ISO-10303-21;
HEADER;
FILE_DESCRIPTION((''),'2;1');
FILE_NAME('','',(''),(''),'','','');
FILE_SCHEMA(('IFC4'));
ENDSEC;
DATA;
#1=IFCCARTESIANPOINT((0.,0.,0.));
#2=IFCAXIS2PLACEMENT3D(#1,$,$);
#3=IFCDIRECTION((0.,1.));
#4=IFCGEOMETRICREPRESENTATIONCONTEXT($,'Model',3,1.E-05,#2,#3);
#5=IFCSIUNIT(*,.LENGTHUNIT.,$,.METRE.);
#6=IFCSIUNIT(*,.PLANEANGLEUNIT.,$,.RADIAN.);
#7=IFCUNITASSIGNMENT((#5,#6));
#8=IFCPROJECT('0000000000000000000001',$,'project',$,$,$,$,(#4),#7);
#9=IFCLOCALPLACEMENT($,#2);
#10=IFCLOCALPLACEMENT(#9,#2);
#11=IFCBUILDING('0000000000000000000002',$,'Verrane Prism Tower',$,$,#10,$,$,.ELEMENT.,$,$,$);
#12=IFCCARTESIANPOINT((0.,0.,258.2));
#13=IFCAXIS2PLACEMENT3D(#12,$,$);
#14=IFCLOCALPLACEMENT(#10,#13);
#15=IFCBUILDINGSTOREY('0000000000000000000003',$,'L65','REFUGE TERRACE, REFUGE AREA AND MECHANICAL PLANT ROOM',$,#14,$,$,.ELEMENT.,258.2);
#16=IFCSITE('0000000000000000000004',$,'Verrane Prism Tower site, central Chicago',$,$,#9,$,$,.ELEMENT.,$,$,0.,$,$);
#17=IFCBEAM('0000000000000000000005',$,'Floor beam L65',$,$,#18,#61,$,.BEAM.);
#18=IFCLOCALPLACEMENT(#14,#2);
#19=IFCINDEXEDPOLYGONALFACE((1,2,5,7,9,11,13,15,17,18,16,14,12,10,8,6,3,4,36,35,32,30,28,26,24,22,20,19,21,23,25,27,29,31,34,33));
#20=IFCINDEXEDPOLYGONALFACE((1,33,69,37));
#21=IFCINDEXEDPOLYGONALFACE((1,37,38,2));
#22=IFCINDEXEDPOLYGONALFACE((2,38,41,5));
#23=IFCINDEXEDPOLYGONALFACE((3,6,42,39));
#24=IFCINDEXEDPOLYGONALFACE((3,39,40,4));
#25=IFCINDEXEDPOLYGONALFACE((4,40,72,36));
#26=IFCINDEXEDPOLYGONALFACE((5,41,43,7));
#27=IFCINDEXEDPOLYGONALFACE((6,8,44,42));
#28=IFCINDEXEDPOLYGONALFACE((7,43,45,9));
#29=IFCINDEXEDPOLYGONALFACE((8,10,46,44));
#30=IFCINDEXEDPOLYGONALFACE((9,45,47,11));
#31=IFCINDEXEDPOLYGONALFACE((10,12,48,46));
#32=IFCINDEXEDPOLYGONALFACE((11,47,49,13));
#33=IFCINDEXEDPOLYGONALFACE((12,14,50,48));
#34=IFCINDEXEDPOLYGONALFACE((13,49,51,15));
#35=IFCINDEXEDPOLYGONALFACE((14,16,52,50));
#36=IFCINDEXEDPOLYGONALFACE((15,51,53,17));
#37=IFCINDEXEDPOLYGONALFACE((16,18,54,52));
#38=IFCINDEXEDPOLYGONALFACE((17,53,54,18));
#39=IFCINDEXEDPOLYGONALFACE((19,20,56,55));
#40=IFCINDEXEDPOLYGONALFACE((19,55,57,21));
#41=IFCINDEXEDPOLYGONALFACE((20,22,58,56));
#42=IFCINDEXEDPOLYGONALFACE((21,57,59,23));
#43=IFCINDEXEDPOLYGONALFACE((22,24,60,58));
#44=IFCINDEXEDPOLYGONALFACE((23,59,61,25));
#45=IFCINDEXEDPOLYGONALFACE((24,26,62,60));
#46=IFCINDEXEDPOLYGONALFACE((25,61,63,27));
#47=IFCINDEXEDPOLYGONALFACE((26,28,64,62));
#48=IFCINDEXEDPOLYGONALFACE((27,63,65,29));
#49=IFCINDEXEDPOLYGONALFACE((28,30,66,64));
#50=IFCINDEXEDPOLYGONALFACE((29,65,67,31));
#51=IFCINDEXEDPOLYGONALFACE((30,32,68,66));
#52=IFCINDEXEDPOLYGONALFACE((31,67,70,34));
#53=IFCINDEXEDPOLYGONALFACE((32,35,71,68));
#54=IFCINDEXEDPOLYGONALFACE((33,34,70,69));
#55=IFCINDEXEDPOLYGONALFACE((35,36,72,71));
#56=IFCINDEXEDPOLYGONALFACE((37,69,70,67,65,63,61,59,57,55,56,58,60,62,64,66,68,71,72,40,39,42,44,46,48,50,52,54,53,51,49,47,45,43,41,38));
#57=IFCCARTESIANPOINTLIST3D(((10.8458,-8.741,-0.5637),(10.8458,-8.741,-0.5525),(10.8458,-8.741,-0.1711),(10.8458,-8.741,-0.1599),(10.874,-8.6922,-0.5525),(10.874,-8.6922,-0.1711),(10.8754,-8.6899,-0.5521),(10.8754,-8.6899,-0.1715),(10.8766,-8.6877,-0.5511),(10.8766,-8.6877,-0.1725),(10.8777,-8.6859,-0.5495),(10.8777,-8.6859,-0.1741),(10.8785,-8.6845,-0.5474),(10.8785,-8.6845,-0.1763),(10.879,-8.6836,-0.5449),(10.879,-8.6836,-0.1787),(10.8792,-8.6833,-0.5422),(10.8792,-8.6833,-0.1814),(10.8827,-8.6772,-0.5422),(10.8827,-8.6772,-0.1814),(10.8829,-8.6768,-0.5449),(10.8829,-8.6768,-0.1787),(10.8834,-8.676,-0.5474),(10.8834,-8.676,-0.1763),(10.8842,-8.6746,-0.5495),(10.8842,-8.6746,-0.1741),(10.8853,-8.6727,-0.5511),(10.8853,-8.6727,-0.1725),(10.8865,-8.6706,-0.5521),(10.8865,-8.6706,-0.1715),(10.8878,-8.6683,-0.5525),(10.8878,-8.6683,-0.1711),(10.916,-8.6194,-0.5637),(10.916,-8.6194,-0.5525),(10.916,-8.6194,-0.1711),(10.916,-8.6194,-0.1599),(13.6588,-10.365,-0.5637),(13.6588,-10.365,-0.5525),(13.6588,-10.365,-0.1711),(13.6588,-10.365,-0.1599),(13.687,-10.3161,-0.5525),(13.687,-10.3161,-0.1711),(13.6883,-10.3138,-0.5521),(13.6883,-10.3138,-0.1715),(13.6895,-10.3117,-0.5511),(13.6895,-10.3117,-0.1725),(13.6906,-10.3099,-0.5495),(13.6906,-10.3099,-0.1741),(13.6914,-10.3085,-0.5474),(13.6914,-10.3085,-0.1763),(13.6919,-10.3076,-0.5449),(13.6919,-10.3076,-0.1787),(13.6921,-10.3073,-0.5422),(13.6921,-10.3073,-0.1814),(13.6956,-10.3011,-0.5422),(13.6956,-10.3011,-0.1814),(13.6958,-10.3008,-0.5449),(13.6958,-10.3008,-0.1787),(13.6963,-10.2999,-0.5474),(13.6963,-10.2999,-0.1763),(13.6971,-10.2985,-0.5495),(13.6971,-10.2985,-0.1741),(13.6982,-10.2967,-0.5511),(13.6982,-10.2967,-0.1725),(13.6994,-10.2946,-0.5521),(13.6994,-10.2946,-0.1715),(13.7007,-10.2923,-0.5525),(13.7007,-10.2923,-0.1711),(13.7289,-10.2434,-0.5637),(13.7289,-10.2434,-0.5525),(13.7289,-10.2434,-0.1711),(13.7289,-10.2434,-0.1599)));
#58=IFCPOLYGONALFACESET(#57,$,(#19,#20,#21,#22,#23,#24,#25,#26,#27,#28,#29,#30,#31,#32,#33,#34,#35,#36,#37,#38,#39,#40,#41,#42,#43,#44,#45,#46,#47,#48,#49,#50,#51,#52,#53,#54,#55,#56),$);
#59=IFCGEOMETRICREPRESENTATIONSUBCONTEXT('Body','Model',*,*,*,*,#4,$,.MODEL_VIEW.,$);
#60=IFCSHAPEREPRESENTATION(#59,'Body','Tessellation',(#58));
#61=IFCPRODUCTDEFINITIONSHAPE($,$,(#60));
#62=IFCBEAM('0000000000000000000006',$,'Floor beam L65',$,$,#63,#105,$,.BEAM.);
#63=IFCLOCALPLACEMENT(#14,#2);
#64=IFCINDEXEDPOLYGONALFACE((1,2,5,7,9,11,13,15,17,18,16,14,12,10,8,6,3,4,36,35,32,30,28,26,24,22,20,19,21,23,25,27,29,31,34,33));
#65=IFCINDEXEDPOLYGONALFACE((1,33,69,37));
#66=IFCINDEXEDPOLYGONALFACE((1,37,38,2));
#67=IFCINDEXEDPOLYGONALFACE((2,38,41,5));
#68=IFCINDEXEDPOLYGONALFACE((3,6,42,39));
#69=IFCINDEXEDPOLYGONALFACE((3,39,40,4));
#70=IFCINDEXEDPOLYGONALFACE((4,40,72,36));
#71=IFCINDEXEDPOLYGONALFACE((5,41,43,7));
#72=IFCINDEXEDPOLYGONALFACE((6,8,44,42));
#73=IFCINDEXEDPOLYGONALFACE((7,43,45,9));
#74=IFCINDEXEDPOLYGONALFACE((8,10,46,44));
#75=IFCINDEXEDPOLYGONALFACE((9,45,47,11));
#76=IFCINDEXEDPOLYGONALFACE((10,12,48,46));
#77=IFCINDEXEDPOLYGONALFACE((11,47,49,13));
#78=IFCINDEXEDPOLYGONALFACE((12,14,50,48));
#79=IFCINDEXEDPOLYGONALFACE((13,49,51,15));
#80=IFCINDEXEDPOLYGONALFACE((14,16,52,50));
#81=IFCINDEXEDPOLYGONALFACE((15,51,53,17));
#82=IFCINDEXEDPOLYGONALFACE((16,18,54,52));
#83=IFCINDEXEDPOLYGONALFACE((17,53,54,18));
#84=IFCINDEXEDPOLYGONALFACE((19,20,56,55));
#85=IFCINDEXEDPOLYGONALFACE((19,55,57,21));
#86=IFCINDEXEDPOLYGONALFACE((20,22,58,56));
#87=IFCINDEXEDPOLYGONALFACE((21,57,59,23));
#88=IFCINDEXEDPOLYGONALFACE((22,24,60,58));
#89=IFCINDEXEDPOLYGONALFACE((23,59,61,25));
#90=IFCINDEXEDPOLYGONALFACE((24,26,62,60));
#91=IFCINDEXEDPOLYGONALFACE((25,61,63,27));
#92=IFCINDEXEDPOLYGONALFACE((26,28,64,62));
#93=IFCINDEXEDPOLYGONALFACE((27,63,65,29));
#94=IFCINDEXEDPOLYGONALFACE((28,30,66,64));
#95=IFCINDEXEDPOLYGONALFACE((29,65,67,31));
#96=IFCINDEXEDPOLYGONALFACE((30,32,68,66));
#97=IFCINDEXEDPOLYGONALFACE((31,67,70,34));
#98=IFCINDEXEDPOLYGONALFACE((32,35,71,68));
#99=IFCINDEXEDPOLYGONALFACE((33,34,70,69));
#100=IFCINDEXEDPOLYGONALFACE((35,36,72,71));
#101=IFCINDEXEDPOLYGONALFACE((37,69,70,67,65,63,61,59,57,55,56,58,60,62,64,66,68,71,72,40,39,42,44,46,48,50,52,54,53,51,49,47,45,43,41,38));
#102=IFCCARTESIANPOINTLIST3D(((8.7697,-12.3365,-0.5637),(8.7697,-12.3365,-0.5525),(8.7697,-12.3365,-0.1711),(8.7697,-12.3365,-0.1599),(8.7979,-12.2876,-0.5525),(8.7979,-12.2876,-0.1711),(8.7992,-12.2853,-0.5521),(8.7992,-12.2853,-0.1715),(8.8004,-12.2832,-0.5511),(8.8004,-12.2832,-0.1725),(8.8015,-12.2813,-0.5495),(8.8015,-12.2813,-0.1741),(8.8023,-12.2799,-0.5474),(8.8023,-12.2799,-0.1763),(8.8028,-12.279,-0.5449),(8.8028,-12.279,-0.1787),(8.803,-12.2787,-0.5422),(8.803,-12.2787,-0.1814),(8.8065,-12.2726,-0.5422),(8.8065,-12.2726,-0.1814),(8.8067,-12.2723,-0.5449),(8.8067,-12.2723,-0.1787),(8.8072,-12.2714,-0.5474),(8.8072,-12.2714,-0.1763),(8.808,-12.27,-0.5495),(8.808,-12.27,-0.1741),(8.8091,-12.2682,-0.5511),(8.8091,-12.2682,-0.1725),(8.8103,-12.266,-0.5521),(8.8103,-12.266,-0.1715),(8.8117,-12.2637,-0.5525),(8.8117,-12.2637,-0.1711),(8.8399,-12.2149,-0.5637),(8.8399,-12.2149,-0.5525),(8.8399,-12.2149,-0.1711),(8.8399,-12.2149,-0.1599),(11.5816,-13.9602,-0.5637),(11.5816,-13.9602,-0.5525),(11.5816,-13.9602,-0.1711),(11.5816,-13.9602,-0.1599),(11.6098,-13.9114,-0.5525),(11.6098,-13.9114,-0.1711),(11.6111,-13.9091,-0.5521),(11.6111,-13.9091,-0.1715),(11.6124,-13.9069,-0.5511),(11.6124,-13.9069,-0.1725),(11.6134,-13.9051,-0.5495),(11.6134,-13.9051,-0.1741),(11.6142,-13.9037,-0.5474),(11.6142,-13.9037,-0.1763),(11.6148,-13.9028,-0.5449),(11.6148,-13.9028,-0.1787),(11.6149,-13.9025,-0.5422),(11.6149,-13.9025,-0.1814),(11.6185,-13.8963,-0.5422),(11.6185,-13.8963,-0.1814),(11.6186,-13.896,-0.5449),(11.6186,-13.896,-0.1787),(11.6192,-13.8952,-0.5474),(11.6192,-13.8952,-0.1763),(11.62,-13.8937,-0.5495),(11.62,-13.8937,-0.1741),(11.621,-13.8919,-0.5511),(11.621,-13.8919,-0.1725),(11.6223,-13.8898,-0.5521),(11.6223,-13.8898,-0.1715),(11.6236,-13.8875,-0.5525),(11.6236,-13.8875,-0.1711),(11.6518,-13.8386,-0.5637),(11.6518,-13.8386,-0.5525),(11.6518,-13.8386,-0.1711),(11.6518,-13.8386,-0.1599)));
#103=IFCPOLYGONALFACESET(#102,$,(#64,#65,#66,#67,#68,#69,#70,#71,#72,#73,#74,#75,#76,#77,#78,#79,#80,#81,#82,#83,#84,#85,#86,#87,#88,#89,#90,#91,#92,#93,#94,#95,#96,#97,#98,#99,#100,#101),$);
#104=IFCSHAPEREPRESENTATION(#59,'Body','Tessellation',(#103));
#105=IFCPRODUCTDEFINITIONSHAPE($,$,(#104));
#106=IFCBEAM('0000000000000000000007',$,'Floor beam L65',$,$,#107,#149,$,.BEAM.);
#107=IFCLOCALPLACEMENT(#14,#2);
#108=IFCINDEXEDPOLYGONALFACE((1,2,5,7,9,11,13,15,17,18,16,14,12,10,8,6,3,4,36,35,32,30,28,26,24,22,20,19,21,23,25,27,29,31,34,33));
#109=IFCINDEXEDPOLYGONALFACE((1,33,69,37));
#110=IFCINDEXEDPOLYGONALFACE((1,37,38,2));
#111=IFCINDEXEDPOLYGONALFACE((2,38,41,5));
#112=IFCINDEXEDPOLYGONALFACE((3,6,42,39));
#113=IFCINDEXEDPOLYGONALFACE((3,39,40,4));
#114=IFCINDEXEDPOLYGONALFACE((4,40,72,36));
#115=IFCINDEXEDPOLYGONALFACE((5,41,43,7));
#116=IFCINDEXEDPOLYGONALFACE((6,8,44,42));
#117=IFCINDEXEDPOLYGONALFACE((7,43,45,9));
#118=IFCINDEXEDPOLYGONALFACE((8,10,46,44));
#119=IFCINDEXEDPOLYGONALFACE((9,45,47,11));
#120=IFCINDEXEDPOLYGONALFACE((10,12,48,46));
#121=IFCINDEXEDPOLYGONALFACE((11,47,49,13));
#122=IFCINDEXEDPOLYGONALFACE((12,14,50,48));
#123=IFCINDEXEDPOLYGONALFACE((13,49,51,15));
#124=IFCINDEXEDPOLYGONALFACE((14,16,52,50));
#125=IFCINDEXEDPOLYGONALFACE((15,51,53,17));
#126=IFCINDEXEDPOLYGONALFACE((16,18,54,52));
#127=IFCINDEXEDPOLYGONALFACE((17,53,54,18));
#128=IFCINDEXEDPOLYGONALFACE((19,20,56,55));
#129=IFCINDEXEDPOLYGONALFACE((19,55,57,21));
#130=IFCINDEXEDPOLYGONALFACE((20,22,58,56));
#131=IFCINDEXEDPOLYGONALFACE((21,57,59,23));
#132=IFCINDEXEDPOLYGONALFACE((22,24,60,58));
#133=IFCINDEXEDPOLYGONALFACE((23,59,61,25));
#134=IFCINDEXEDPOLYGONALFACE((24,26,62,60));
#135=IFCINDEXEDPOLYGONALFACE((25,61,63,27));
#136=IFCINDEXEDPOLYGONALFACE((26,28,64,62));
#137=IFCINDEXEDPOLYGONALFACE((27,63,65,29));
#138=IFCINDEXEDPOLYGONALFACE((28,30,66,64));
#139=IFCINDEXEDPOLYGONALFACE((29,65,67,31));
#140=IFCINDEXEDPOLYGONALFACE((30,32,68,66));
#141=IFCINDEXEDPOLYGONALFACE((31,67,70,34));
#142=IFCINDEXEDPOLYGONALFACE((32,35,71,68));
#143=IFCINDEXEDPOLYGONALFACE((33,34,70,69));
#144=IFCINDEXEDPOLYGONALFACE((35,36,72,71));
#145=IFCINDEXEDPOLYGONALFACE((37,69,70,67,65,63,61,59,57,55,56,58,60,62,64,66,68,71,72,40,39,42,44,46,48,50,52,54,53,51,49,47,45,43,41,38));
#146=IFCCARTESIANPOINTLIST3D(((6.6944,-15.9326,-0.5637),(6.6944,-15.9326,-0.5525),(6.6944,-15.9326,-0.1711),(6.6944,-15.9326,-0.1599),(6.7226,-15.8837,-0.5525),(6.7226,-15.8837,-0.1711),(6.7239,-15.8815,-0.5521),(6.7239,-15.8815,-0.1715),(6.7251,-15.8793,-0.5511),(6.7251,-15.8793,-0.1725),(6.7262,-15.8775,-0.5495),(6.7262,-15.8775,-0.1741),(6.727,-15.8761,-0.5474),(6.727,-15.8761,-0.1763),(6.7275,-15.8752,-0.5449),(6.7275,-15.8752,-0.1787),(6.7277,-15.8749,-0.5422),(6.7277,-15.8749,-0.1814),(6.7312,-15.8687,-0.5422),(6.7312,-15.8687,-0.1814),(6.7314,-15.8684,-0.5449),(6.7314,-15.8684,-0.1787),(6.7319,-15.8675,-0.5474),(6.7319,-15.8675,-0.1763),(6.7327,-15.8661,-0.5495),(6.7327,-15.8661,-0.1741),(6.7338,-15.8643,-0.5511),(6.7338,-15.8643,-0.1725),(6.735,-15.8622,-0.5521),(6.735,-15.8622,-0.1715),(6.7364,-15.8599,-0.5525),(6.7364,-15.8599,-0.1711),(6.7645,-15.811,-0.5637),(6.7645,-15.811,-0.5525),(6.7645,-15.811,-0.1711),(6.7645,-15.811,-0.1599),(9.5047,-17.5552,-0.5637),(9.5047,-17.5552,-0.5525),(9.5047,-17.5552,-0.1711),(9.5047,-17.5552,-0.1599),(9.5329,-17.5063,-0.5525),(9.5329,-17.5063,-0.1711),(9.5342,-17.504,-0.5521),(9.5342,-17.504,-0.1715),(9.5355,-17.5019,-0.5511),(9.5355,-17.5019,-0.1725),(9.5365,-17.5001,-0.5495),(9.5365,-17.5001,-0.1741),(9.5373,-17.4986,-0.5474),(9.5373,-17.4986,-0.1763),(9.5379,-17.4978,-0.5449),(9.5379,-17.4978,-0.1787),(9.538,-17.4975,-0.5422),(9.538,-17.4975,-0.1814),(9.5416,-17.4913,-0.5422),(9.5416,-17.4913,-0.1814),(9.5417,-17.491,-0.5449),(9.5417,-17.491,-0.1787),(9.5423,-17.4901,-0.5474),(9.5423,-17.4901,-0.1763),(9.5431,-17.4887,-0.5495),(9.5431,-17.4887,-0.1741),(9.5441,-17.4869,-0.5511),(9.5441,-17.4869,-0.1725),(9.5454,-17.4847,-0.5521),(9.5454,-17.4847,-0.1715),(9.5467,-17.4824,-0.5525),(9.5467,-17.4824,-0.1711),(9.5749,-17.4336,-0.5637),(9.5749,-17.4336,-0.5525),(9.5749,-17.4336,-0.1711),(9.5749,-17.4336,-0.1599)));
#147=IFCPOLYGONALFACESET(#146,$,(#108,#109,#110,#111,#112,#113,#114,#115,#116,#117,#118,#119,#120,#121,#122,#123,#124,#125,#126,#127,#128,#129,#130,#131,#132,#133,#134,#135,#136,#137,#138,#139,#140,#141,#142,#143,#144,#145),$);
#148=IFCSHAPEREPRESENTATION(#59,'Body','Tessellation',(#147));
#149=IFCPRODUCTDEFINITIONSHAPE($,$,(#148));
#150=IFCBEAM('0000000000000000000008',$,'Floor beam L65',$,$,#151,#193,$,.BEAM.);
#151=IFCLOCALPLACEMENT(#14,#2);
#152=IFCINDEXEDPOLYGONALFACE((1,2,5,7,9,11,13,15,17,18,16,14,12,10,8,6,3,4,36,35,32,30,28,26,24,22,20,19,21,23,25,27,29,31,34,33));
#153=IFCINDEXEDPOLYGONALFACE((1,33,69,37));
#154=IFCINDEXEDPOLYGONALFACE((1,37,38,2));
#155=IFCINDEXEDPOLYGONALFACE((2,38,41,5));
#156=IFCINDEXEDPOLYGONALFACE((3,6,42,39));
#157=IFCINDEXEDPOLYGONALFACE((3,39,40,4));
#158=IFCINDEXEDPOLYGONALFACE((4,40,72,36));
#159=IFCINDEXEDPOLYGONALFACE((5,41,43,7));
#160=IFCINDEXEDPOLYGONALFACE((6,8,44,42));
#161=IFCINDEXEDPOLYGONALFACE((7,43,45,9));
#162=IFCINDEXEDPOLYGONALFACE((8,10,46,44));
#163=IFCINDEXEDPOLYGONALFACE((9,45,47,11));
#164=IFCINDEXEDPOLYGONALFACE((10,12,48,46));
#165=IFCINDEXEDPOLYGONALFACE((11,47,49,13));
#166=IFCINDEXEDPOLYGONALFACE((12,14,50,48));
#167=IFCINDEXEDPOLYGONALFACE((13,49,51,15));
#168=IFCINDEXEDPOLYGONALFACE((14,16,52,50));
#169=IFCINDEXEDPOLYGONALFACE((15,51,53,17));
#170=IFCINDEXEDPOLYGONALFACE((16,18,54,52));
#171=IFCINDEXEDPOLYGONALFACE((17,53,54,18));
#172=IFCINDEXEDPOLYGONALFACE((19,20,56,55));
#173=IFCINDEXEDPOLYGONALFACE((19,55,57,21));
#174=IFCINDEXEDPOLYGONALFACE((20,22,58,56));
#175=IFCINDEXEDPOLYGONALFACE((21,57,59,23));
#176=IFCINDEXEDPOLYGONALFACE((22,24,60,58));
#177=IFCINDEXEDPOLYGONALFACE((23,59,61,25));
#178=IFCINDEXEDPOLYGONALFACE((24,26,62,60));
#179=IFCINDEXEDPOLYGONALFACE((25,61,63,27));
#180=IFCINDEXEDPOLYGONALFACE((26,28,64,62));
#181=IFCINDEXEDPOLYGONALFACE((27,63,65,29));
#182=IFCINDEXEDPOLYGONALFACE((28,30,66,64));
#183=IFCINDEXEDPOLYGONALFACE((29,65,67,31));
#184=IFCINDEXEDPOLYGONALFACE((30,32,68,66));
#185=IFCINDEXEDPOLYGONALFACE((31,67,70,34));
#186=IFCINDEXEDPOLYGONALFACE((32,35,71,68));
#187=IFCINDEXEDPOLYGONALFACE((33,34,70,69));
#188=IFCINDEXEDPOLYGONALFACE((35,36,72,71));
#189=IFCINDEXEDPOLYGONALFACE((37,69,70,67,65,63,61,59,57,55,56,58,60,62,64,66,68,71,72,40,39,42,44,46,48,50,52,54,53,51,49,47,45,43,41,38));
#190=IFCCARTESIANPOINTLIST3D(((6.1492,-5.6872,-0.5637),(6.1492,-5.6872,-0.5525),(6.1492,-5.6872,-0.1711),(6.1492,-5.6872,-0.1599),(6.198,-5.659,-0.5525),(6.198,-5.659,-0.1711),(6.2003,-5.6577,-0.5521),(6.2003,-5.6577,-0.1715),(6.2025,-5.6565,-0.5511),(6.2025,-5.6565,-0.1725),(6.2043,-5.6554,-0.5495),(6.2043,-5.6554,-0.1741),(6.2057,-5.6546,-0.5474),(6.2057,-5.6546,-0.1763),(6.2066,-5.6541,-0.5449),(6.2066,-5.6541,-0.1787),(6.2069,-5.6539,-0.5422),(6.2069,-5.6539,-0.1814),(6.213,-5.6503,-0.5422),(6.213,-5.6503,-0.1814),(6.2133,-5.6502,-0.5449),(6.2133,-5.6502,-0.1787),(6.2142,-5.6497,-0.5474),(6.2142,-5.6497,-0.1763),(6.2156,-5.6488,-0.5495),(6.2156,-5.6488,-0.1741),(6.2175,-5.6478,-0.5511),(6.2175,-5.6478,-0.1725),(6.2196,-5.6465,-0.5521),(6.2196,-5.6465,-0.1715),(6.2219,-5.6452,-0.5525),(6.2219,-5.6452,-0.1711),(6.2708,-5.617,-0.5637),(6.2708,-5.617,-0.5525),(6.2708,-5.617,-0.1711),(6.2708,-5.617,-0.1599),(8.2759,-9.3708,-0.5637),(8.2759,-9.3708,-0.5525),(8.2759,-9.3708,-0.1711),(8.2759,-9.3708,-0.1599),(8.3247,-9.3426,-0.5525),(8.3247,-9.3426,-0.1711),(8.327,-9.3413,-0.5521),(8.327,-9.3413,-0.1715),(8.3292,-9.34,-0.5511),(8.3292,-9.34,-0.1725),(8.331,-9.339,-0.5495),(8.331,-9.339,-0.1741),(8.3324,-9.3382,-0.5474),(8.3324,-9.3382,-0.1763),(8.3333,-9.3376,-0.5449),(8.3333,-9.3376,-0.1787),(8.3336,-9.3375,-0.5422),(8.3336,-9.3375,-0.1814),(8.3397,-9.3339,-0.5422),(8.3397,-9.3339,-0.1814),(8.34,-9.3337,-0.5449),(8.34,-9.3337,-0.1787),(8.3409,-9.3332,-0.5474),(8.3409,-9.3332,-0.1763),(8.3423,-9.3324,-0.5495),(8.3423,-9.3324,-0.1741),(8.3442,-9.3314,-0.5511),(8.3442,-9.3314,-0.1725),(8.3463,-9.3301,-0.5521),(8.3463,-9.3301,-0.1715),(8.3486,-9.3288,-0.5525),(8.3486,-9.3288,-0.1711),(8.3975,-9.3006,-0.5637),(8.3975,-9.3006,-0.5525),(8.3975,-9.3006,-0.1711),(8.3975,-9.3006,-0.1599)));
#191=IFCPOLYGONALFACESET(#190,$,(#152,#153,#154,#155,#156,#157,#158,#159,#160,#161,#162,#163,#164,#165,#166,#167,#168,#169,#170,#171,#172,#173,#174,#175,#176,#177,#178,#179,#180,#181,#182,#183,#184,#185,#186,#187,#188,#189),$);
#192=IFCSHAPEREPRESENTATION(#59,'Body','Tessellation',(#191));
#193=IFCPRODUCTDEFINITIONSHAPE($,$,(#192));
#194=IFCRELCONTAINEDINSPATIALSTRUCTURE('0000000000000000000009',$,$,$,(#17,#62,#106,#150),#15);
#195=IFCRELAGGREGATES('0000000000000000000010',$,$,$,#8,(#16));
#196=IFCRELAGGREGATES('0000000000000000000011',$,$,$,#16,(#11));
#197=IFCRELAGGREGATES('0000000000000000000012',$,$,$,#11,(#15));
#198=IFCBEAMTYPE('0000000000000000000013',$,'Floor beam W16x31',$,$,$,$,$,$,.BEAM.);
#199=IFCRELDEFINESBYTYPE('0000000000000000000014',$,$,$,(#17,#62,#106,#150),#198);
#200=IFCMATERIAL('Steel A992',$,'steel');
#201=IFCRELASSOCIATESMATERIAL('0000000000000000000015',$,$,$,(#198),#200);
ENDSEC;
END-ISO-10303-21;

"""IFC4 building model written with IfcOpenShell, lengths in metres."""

from ifc_helpers import new_model, si_unit, direction, frame, origin, origin_2d, place, context, subcontext, project, spatial, i_section, extrude, material, material_profile, profile_set, type_object, element, save


model = new_model("IFC4")

# Units and contexts
model_context = context("Model", 3, precision=1e-05, world=origin(), true_north=direction((0.0, 1.0)))
body_context = subcontext(model_context, "Body", "Model", "MODEL_VIEW")
ifc_project = project(units=[si_unit("LENGTHUNIT", "METRE"), si_unit("PLANEANGLEUNIT", "RADIAN")], contexts=[model_context])

# Site, building, storey
site_placement = place(None, origin())
site = spatial("IfcSite", under=ifc_project, at=site_placement, Name="Verrane Prism Tower site, central Chicago", CompositionType="ELEMENT", RefElevation=0.0)
building_placement = place(site_placement, origin())
building = spatial("IfcBuilding", under=site, at=building_placement, Name="Verrane Prism Tower", CompositionType="ELEMENT")
storey_placement = place(building_placement, frame((0.0, 0.0, 258.2)))
storey = spatial("IfcBuildingStorey", under=building, at=storey_placement, Name="L65", Description="REFUGE TERRACE, REFUGE AREA AND MECHANICAL PLANT ROOM", CompositionType="ELEMENT", Elevation=258.2)

# Beams
ifc_material_1 = material(Name="Steel A992", Category="steel")
ifc_material_profile_1 = material_profile(ifc_material_1, i_section(OverallWidth=0.1404, OverallDepth=0.4038, WebThickness=0.0071, FlangeThickness=0.0112, FilletRadius=0.0103, at=origin_2d()), Name="W16x31")
ifc_profile_set_1 = profile_set([ifc_material_profile_1], Name="Steel A992")
beam_type_1 = type_object("IfcBeamType", Name="Floor beam W16x31", PredefinedType="BEAM", material=ifc_profile_set_1)
beam_1_placement = place(storey_placement, frame((13.6938, -10.3042, -0.3618), z_axis=(-0.866033, 0.499987, 0.0), x_axis=(-0.499987, -0.866033, 0.0)))
element("IfcBeam", 1, at=beam_1_placement, inside=storey, type_object=beam_type_1, Name="Floor beam L65", PredefinedType="BEAM", context=body_context, shape_type="SweptSolid", body=[
    extrude(i_section(OverallWidth=0.1404, OverallDepth=0.4038, WebThickness=0.0071, FlangeThickness=0.0112, FilletRadius=0.0103, at=origin_2d()), origin(), (0.0, 0.0, 1.0), 3.248),
])
beam_2_placement = place(storey_placement, frame((11.6167, -13.8994, -0.3618), z_axis=(-0.86599, 0.500061, 0.0), x_axis=(-0.500061, -0.86599, 0.0)))
element("IfcBeam", 2, at=beam_2_placement, inside=storey, type_object=beam_type_1, Name="Floor beam L65", PredefinedType="BEAM", context=body_context, shape_type="SweptSolid", body=[
    extrude(i_section(OverallWidth=0.1404, OverallDepth=0.4038, WebThickness=0.0071, FlangeThickness=0.0112, FilletRadius=0.0103, at=origin_2d()), origin(), (0.0, 0.0, 1.0), 3.2471),
])
beam_3_placement = place(storey_placement, frame((9.5398, -17.4944, -0.3618), z_axis=(-0.866021, 0.500007, 0.0), x_axis=(-0.500007, -0.866021, 0.0)))
element("IfcBeam", 3, at=beam_3_placement, inside=storey, type_object=beam_type_1, Name="Floor beam L65", PredefinedType="BEAM", context=body_context, shape_type="SweptSolid", body=[
    extrude(i_section(OverallWidth=0.1404, OverallDepth=0.4038, WebThickness=0.0071, FlangeThickness=0.0112, FilletRadius=0.0103, at=origin_2d()), origin(), (0.0, 0.0, 1.0), 3.2451),
])
beam_4_placement = place(storey_placement, frame((8.3367, -9.3357, -0.3618), z_axis=(-0.499997, 0.866027, 0.0), x_axis=(-0.866027, -0.499997, 0.0)))
element("IfcBeam", 4, at=beam_4_placement, inside=storey, type_object=beam_type_1, Name="Floor beam L65", PredefinedType="BEAM", context=body_context, shape_type="SweptSolid", body=[
    extrude(i_section(OverallWidth=0.1404, OverallDepth=0.4038, WebThickness=0.0071, FlangeThickness=0.0112, FilletRadius=0.0103, at=origin_2d()), origin(), (0.0, 0.0, 1.0), 4.2534),
])

save(model, "model.ifc")
